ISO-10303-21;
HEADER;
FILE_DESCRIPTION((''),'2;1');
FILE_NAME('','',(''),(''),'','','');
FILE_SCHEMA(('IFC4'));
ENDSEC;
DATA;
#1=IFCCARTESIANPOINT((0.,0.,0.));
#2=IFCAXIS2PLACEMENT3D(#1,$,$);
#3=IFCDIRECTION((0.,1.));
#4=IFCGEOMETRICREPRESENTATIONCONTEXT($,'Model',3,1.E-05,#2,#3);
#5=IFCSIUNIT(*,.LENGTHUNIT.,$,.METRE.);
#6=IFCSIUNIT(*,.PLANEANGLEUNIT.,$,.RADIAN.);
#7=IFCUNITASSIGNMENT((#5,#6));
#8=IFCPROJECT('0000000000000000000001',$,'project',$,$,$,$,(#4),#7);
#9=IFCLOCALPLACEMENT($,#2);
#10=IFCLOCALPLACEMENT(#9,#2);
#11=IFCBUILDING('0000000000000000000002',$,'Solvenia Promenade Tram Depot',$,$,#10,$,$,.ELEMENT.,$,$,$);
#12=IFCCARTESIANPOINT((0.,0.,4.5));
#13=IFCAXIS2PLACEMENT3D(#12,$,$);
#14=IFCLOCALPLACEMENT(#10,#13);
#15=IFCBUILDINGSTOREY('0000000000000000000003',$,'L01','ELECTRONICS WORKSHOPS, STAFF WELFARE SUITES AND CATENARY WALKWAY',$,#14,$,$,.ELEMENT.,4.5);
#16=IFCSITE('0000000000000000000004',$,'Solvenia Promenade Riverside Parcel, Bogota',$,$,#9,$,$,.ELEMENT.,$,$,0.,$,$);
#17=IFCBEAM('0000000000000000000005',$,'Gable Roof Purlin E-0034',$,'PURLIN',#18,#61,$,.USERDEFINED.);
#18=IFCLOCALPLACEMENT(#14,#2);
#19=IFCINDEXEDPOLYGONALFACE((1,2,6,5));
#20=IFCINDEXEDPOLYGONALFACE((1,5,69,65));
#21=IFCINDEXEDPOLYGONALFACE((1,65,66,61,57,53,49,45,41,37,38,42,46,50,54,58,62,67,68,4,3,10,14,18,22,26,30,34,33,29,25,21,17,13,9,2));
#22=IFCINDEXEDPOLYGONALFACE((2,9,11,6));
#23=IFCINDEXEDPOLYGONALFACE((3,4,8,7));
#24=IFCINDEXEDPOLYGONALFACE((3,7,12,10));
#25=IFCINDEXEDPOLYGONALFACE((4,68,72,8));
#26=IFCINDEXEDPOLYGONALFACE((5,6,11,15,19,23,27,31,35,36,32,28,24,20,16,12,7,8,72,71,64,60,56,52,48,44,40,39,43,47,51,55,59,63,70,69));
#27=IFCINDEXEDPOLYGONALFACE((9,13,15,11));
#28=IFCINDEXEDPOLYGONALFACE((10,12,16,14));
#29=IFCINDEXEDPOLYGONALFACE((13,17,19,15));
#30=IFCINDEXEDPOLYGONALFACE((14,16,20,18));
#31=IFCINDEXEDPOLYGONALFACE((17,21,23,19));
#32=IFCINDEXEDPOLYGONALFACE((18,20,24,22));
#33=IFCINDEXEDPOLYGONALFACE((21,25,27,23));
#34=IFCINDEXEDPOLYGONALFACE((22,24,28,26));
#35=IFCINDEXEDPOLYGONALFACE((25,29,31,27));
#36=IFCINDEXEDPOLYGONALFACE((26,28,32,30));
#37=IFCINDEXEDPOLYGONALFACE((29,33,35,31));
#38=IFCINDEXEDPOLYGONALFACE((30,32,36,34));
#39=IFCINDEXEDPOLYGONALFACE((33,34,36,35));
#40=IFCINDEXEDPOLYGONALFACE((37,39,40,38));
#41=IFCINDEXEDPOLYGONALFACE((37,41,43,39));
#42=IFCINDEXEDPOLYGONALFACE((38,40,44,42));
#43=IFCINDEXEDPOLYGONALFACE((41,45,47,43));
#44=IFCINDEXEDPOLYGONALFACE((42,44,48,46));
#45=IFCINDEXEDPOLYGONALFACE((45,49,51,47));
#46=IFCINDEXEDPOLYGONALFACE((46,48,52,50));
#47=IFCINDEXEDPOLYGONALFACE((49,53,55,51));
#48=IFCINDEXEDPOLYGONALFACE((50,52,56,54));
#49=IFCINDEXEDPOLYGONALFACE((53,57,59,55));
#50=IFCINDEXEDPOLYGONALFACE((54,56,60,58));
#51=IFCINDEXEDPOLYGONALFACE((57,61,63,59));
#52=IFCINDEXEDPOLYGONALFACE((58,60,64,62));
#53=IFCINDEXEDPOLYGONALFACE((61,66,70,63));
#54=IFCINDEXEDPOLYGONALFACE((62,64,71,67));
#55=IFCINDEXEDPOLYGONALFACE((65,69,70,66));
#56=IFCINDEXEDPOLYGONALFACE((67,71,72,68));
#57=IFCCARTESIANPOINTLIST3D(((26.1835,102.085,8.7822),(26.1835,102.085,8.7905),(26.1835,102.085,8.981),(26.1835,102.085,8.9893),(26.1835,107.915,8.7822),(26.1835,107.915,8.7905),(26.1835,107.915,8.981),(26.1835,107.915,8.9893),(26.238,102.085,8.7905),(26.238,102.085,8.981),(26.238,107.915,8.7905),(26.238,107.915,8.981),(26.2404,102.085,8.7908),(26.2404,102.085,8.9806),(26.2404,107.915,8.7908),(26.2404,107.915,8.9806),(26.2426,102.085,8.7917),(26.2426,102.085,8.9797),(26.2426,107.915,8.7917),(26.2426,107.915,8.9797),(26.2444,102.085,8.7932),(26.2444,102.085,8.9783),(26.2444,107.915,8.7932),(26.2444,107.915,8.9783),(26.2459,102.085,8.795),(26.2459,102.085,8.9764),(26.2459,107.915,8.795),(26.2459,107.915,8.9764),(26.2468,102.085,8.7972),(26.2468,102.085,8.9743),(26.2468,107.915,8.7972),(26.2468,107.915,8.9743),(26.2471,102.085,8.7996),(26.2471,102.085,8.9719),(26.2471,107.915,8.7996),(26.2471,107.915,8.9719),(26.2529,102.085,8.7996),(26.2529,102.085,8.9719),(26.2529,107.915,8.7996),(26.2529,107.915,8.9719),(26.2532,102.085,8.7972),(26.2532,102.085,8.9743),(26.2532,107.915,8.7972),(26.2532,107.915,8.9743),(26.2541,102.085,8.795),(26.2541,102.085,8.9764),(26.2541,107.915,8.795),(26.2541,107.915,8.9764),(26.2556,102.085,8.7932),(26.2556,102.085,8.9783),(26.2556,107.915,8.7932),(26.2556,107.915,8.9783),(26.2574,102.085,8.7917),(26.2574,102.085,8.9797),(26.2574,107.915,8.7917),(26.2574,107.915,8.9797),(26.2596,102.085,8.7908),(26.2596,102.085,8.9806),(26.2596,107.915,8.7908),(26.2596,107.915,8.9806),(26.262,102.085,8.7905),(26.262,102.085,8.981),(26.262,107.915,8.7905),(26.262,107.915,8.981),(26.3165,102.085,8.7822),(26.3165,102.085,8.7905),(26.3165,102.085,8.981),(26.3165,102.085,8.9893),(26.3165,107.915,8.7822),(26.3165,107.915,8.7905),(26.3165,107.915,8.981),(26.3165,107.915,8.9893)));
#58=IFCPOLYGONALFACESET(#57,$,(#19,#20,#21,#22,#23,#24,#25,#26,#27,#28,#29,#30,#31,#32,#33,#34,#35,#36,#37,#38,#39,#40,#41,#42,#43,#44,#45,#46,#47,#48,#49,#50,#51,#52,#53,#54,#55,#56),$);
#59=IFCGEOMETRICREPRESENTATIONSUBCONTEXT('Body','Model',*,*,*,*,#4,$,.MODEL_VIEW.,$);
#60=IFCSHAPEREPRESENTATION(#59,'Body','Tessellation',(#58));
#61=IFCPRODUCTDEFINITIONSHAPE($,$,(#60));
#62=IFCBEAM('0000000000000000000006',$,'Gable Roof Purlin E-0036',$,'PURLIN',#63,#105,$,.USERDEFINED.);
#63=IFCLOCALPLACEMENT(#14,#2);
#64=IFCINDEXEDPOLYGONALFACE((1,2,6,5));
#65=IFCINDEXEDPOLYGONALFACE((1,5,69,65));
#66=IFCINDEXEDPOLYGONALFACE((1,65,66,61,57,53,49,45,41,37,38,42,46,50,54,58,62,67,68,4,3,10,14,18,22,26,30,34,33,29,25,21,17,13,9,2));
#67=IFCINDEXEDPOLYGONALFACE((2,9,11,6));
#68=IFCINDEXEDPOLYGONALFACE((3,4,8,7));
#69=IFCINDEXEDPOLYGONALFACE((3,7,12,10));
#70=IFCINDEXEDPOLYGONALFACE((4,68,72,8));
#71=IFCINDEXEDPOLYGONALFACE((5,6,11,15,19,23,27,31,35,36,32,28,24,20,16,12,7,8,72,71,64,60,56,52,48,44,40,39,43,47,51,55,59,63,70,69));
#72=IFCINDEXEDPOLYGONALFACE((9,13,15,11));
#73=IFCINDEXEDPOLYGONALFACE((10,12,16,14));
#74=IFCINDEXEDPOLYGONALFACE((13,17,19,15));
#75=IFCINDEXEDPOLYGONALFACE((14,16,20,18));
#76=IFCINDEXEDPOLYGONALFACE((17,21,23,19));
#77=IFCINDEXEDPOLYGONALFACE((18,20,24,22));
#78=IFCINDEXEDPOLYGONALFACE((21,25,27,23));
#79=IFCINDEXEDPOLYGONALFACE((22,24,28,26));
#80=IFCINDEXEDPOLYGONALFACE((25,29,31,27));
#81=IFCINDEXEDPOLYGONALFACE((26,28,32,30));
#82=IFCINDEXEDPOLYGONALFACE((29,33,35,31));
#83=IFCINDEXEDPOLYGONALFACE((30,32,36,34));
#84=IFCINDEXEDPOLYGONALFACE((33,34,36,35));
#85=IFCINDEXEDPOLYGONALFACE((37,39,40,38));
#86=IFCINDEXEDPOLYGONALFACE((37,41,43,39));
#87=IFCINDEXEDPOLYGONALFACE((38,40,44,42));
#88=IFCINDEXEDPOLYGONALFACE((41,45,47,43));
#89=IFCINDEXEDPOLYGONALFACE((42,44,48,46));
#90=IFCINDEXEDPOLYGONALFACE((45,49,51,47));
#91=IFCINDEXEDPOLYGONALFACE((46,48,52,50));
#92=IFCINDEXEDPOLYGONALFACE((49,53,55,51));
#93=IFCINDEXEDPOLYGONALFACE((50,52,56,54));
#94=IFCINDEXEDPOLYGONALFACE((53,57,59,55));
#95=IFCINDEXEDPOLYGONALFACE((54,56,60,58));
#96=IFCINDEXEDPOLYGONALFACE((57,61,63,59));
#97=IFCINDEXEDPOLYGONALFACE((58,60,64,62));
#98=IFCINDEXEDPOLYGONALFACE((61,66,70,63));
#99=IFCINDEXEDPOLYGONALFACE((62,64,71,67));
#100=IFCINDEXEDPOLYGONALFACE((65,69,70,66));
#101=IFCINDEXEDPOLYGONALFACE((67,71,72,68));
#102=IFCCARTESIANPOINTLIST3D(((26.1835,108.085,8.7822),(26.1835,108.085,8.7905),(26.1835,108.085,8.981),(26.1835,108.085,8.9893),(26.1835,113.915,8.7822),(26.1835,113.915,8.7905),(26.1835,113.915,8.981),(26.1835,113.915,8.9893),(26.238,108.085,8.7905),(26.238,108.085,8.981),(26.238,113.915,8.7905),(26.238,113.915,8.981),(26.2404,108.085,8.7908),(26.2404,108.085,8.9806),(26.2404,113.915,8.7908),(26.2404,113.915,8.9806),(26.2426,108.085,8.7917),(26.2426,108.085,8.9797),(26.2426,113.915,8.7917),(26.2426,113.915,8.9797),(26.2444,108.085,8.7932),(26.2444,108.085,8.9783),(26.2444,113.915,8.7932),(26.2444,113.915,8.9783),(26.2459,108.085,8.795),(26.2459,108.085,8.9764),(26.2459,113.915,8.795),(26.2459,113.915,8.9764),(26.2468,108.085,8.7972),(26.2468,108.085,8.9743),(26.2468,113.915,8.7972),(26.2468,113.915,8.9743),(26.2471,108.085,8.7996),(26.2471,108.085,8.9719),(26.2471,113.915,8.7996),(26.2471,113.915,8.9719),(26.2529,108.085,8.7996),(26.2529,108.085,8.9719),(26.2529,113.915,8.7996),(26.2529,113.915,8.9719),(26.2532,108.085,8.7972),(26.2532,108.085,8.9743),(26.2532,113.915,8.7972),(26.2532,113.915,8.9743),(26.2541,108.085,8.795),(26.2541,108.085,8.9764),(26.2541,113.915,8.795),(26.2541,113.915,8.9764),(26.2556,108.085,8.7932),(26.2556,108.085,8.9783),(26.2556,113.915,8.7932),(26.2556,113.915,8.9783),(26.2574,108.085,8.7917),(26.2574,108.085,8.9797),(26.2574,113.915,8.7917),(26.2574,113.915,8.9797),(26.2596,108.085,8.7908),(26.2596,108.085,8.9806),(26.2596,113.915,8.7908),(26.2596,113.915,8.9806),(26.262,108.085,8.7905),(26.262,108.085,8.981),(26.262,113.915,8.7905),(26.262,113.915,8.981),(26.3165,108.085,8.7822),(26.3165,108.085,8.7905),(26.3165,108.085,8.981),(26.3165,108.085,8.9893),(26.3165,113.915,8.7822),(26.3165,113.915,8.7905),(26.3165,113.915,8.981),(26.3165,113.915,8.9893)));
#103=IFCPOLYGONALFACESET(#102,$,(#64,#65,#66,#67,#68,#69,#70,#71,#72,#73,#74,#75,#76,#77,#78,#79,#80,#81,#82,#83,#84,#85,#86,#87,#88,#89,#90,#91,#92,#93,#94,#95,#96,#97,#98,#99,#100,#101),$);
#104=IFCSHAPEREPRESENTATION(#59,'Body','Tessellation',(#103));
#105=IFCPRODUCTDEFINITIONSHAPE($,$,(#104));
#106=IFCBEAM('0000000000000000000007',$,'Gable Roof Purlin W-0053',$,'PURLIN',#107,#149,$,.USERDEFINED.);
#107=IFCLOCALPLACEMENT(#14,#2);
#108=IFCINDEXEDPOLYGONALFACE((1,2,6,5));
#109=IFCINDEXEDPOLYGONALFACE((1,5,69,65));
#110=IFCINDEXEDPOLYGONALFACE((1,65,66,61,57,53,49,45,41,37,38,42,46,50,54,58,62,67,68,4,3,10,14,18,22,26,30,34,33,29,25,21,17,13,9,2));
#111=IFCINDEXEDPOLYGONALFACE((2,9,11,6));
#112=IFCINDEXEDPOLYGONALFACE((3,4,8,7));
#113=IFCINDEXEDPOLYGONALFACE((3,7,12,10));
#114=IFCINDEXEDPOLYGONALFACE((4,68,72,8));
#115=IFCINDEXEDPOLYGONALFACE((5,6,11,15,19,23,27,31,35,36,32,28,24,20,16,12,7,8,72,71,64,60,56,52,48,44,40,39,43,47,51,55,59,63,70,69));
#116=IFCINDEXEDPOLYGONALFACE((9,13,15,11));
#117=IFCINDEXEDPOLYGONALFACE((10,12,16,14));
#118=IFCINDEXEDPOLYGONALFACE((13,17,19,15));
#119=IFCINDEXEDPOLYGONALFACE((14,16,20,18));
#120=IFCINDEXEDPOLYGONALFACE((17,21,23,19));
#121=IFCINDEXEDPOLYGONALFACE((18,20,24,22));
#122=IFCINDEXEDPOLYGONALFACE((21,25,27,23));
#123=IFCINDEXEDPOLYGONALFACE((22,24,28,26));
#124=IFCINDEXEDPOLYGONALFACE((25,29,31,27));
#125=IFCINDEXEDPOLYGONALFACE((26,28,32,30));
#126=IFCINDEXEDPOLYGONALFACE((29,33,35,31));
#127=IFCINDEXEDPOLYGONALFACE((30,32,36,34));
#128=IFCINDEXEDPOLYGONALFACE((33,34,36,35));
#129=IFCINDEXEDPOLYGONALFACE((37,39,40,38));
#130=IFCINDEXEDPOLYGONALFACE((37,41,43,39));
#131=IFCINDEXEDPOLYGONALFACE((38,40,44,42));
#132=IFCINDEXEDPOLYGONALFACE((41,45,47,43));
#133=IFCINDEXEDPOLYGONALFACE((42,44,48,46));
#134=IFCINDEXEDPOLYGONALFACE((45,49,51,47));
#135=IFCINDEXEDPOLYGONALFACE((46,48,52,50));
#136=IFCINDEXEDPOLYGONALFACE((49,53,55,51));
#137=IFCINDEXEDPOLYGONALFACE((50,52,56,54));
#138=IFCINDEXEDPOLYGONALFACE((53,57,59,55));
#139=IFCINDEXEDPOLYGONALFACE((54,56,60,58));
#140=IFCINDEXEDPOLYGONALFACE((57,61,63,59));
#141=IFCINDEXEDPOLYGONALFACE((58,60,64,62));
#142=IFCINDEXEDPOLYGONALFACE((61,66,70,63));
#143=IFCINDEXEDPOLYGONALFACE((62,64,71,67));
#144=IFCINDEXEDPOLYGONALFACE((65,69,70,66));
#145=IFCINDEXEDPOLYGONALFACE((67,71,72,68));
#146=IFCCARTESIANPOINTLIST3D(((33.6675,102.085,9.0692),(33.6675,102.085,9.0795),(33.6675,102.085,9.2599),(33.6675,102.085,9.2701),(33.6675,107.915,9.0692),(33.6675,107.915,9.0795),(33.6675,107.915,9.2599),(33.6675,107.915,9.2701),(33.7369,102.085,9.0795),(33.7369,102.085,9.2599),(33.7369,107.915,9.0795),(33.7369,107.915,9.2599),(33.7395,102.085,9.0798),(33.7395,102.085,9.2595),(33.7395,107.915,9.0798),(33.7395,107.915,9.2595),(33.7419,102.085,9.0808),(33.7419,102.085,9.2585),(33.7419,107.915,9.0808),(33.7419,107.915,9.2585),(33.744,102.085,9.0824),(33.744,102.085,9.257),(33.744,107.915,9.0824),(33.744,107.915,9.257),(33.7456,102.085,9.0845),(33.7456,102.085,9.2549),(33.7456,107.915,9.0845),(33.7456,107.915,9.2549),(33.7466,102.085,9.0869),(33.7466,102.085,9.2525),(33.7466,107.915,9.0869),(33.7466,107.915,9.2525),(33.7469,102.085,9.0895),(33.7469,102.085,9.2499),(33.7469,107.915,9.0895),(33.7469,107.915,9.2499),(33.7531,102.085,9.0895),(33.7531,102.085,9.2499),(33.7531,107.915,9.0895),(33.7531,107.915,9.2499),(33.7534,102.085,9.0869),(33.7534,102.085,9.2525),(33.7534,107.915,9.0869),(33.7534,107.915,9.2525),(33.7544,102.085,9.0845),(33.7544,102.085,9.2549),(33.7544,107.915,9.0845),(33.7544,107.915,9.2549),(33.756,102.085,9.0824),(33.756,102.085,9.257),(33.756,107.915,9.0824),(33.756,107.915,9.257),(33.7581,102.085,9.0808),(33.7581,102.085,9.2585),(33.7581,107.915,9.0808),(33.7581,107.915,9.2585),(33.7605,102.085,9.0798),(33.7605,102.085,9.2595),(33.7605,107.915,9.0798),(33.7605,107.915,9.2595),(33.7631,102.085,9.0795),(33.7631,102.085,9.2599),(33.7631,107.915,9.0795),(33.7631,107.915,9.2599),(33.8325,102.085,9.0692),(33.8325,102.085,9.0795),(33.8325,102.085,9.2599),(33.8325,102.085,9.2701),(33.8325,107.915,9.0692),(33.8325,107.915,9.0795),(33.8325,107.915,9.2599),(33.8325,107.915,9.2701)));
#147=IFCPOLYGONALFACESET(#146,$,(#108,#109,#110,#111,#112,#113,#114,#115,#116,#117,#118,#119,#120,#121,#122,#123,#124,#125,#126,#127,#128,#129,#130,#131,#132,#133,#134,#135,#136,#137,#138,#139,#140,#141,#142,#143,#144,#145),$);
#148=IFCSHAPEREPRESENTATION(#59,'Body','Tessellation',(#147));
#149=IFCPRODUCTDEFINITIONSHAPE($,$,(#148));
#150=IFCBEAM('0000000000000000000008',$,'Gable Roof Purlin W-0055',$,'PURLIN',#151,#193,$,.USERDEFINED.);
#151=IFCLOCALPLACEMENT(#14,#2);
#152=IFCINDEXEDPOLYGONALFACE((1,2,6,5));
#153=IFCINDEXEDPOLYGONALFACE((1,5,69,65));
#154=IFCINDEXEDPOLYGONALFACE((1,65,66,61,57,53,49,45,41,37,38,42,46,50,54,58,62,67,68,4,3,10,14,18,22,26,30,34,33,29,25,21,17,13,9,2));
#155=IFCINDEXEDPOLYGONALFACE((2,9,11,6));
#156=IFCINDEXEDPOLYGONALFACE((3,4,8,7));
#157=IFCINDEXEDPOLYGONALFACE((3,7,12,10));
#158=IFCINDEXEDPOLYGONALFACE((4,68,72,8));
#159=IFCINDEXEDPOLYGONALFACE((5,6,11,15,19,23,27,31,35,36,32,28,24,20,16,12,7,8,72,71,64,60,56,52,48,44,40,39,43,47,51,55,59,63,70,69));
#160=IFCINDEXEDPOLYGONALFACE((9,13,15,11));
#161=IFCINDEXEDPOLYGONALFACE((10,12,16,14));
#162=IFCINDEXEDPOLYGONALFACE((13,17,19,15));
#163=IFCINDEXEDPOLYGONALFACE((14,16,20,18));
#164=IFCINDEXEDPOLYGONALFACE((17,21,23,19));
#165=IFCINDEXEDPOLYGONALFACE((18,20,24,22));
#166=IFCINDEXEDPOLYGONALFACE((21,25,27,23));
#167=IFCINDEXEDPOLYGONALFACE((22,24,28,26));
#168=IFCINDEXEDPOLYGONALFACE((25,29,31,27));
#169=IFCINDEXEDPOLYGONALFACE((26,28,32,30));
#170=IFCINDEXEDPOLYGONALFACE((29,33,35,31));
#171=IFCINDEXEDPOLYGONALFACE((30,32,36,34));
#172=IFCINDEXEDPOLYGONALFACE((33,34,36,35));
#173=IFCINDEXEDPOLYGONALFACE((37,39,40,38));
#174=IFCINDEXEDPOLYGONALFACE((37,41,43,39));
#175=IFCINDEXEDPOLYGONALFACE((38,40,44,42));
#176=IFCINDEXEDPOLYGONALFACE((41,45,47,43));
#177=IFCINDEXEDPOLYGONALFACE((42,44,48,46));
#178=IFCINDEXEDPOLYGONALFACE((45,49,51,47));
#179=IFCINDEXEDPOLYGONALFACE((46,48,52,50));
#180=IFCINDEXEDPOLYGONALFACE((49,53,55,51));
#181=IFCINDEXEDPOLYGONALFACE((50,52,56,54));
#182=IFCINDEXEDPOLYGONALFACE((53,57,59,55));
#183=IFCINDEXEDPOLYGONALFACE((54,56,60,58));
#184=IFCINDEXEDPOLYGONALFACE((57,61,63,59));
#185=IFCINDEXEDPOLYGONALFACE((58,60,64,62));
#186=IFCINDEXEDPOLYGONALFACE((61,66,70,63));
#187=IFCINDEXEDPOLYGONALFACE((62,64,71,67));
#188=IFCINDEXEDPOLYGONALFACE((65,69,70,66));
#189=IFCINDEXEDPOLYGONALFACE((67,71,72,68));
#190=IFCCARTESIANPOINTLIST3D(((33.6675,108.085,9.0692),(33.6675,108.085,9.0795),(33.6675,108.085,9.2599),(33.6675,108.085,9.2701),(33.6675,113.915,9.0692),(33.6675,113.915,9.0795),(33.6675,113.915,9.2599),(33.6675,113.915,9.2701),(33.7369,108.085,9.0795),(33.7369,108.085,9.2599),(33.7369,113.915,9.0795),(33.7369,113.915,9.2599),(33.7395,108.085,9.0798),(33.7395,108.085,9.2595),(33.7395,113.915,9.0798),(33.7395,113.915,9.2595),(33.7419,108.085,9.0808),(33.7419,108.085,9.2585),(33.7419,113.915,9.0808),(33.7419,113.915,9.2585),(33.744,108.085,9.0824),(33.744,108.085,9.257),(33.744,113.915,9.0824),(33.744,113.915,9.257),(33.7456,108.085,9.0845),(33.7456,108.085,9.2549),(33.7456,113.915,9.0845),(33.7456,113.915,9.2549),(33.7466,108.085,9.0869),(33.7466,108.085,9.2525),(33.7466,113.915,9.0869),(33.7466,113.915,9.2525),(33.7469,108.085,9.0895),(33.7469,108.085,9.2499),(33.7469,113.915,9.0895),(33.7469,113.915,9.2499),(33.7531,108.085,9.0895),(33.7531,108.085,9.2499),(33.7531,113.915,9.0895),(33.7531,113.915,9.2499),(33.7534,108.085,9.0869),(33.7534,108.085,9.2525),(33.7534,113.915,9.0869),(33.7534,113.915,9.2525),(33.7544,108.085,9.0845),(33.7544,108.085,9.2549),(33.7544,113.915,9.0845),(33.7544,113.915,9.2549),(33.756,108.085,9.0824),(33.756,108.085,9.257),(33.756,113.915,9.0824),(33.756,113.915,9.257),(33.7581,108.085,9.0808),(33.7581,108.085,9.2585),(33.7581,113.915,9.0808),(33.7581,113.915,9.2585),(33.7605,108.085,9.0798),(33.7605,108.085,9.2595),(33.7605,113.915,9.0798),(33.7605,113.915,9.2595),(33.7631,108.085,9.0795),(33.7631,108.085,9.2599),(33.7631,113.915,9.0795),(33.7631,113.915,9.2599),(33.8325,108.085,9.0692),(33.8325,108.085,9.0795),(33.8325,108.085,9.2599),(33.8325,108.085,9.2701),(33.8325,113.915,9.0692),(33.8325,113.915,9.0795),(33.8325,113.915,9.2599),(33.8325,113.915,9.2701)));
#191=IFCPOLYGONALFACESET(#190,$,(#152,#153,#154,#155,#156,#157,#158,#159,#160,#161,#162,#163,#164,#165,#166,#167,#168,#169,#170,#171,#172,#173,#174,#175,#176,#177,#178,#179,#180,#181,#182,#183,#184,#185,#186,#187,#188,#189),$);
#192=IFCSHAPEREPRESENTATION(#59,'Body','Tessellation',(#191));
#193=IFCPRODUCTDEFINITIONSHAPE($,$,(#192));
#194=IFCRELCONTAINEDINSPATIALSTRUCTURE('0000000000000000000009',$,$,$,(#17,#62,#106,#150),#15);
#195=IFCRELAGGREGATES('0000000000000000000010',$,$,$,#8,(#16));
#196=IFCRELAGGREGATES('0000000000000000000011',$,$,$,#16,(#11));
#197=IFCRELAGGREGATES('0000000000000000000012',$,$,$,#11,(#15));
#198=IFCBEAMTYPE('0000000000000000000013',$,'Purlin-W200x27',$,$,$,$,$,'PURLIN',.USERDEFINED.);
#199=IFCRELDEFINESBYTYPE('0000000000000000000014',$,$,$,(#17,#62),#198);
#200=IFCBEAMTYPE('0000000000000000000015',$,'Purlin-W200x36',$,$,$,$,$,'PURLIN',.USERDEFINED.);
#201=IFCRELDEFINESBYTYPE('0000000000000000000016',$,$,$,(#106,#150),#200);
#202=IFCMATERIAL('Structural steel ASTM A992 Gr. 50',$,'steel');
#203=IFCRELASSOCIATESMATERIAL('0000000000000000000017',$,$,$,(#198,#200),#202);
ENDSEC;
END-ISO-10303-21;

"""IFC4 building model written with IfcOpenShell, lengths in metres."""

from ifc_helpers import new_model, si_unit, direction, frame, origin, origin_2d, place, context, subcontext, project, spatial, i_section, extrude, material, material_profile, profile_set, type_object, element, save


model = new_model("IFC4")

# Units and contexts
model_context = context("Model", 3, precision=1e-05, world=origin(), true_north=direction((0.0, 1.0)))
body_context = subcontext(model_context, "Body", "Model", "MODEL_VIEW")
ifc_project = project(units=[si_unit("LENGTHUNIT", "METRE"), si_unit("PLANEANGLEUNIT", "RADIAN")], contexts=[model_context])

# Site, building, storey
site_placement = place(None, origin())
site = spatial("IfcSite", under=ifc_project, at=site_placement, Name="Solvenia Promenade Riverside Parcel, Bogota", CompositionType="ELEMENT", RefElevation=0.0)
building_placement = place(site_placement, origin())
building = spatial("IfcBuilding", under=site, at=building_placement, Name="Solvenia Promenade Tram Depot", CompositionType="ELEMENT")
storey_placement = place(building_placement, frame((0.0, 0.0, 4.5)))
storey = spatial("IfcBuildingStorey", under=building, at=storey_placement, Name="L01", Description="ELECTRONICS WORKSHOPS, STAFF WELFARE SUITES AND CATENARY WALKWAY", CompositionType="ELEMENT", Elevation=4.5)

# Beams
ifc_material_1 = material(Name="Structural steel ASTM A992 Gr. 50", Category="steel")
ifc_material_profile_1 = material_profile(ifc_material_1, i_section(OverallWidth=0.1331, OverallDepth=0.207, WebThickness=0.0059, FlangeThickness=0.0083, FilletRadius=0.009, at=origin_2d()), Name="W200x27", Category="steel")
ifc_profile_set_1 = profile_set([ifc_material_profile_1], Name="Structural steel ASTM A992 Gr. 50")
beam_type_1 = type_object("IfcBeamType", Name="Purlin-W200x27", ElementType="PURLIN", PredefinedType="USERDEFINED", material=ifc_profile_set_1)
for number, where, z_axis, x_axis, name in (
    (1, (26.25, 102.085, 8.8857), (0.0, 1.0, 0.0), (-1.0, 0.0, 0.0), "Gable Roof Purlin E-0034"),
    (2, (26.25, 108.085, 8.8857), (0.0, 1.0, 0.0), (-1.0, 0.0, 0.0), "Gable Roof Purlin E-0036"),
):
    element("IfcBeam", number, at=place(storey_placement, frame(where, z_axis=z_axis, x_axis=x_axis)), inside=storey, type_object=beam_type_1, Name=name, ObjectType="PURLIN", PredefinedType="USERDEFINED", context=body_context, shape_type="SweptSolid", body=[
        extrude(i_section(OverallWidth=0.1331, OverallDepth=0.207, WebThickness=0.0059, FlangeThickness=0.0083, FilletRadius=0.009, at=origin_2d()), origin(), (0.0, 0.0, 1.0), 5.8301),
    ])
ifc_material_profile_2 = material_profile(ifc_material_1, i_section(OverallWidth=0.165, OverallDepth=0.2009, WebThickness=0.0061, FlangeThickness=0.0103, FilletRadius=0.01, at=origin_2d()), Name="W200x36", Category="steel")
ifc_profile_set_2 = profile_set([ifc_material_profile_2], Name="Structural steel ASTM A992 Gr. 50")
beam_type_2 = type_object("IfcBeamType", Name="Purlin-W200x36", ElementType="PURLIN", PredefinedType="USERDEFINED", material=ifc_profile_set_2)
for number, where, z_axis, x_axis, name in (
    (3, (33.75, 102.085, 9.1697), (0.0, 1.0, 0.0), (-1.0, 0.0, 0.0), "Gable Roof Purlin W-0053"),
    (4, (33.75, 108.085, 9.1697), (0.0, 1.0, 0.0), (-1.0, 0.0, 0.0), "Gable Roof Purlin W-0055"),
):
    element("IfcBeam", number, at=place(storey_placement, frame(where, z_axis=z_axis, x_axis=x_axis)), inside=storey, type_object=beam_type_2, Name=name, ObjectType="PURLIN", PredefinedType="USERDEFINED", context=body_context, shape_type="SweptSolid", body=[
        extrude(i_section(OverallWidth=0.165, OverallDepth=0.2009, WebThickness=0.0061, FlangeThickness=0.0103, FilletRadius=0.01, at=origin_2d()), origin(), (0.0, 0.0, 1.0), 5.8301),
    ])

save(model, "model.ifc")
